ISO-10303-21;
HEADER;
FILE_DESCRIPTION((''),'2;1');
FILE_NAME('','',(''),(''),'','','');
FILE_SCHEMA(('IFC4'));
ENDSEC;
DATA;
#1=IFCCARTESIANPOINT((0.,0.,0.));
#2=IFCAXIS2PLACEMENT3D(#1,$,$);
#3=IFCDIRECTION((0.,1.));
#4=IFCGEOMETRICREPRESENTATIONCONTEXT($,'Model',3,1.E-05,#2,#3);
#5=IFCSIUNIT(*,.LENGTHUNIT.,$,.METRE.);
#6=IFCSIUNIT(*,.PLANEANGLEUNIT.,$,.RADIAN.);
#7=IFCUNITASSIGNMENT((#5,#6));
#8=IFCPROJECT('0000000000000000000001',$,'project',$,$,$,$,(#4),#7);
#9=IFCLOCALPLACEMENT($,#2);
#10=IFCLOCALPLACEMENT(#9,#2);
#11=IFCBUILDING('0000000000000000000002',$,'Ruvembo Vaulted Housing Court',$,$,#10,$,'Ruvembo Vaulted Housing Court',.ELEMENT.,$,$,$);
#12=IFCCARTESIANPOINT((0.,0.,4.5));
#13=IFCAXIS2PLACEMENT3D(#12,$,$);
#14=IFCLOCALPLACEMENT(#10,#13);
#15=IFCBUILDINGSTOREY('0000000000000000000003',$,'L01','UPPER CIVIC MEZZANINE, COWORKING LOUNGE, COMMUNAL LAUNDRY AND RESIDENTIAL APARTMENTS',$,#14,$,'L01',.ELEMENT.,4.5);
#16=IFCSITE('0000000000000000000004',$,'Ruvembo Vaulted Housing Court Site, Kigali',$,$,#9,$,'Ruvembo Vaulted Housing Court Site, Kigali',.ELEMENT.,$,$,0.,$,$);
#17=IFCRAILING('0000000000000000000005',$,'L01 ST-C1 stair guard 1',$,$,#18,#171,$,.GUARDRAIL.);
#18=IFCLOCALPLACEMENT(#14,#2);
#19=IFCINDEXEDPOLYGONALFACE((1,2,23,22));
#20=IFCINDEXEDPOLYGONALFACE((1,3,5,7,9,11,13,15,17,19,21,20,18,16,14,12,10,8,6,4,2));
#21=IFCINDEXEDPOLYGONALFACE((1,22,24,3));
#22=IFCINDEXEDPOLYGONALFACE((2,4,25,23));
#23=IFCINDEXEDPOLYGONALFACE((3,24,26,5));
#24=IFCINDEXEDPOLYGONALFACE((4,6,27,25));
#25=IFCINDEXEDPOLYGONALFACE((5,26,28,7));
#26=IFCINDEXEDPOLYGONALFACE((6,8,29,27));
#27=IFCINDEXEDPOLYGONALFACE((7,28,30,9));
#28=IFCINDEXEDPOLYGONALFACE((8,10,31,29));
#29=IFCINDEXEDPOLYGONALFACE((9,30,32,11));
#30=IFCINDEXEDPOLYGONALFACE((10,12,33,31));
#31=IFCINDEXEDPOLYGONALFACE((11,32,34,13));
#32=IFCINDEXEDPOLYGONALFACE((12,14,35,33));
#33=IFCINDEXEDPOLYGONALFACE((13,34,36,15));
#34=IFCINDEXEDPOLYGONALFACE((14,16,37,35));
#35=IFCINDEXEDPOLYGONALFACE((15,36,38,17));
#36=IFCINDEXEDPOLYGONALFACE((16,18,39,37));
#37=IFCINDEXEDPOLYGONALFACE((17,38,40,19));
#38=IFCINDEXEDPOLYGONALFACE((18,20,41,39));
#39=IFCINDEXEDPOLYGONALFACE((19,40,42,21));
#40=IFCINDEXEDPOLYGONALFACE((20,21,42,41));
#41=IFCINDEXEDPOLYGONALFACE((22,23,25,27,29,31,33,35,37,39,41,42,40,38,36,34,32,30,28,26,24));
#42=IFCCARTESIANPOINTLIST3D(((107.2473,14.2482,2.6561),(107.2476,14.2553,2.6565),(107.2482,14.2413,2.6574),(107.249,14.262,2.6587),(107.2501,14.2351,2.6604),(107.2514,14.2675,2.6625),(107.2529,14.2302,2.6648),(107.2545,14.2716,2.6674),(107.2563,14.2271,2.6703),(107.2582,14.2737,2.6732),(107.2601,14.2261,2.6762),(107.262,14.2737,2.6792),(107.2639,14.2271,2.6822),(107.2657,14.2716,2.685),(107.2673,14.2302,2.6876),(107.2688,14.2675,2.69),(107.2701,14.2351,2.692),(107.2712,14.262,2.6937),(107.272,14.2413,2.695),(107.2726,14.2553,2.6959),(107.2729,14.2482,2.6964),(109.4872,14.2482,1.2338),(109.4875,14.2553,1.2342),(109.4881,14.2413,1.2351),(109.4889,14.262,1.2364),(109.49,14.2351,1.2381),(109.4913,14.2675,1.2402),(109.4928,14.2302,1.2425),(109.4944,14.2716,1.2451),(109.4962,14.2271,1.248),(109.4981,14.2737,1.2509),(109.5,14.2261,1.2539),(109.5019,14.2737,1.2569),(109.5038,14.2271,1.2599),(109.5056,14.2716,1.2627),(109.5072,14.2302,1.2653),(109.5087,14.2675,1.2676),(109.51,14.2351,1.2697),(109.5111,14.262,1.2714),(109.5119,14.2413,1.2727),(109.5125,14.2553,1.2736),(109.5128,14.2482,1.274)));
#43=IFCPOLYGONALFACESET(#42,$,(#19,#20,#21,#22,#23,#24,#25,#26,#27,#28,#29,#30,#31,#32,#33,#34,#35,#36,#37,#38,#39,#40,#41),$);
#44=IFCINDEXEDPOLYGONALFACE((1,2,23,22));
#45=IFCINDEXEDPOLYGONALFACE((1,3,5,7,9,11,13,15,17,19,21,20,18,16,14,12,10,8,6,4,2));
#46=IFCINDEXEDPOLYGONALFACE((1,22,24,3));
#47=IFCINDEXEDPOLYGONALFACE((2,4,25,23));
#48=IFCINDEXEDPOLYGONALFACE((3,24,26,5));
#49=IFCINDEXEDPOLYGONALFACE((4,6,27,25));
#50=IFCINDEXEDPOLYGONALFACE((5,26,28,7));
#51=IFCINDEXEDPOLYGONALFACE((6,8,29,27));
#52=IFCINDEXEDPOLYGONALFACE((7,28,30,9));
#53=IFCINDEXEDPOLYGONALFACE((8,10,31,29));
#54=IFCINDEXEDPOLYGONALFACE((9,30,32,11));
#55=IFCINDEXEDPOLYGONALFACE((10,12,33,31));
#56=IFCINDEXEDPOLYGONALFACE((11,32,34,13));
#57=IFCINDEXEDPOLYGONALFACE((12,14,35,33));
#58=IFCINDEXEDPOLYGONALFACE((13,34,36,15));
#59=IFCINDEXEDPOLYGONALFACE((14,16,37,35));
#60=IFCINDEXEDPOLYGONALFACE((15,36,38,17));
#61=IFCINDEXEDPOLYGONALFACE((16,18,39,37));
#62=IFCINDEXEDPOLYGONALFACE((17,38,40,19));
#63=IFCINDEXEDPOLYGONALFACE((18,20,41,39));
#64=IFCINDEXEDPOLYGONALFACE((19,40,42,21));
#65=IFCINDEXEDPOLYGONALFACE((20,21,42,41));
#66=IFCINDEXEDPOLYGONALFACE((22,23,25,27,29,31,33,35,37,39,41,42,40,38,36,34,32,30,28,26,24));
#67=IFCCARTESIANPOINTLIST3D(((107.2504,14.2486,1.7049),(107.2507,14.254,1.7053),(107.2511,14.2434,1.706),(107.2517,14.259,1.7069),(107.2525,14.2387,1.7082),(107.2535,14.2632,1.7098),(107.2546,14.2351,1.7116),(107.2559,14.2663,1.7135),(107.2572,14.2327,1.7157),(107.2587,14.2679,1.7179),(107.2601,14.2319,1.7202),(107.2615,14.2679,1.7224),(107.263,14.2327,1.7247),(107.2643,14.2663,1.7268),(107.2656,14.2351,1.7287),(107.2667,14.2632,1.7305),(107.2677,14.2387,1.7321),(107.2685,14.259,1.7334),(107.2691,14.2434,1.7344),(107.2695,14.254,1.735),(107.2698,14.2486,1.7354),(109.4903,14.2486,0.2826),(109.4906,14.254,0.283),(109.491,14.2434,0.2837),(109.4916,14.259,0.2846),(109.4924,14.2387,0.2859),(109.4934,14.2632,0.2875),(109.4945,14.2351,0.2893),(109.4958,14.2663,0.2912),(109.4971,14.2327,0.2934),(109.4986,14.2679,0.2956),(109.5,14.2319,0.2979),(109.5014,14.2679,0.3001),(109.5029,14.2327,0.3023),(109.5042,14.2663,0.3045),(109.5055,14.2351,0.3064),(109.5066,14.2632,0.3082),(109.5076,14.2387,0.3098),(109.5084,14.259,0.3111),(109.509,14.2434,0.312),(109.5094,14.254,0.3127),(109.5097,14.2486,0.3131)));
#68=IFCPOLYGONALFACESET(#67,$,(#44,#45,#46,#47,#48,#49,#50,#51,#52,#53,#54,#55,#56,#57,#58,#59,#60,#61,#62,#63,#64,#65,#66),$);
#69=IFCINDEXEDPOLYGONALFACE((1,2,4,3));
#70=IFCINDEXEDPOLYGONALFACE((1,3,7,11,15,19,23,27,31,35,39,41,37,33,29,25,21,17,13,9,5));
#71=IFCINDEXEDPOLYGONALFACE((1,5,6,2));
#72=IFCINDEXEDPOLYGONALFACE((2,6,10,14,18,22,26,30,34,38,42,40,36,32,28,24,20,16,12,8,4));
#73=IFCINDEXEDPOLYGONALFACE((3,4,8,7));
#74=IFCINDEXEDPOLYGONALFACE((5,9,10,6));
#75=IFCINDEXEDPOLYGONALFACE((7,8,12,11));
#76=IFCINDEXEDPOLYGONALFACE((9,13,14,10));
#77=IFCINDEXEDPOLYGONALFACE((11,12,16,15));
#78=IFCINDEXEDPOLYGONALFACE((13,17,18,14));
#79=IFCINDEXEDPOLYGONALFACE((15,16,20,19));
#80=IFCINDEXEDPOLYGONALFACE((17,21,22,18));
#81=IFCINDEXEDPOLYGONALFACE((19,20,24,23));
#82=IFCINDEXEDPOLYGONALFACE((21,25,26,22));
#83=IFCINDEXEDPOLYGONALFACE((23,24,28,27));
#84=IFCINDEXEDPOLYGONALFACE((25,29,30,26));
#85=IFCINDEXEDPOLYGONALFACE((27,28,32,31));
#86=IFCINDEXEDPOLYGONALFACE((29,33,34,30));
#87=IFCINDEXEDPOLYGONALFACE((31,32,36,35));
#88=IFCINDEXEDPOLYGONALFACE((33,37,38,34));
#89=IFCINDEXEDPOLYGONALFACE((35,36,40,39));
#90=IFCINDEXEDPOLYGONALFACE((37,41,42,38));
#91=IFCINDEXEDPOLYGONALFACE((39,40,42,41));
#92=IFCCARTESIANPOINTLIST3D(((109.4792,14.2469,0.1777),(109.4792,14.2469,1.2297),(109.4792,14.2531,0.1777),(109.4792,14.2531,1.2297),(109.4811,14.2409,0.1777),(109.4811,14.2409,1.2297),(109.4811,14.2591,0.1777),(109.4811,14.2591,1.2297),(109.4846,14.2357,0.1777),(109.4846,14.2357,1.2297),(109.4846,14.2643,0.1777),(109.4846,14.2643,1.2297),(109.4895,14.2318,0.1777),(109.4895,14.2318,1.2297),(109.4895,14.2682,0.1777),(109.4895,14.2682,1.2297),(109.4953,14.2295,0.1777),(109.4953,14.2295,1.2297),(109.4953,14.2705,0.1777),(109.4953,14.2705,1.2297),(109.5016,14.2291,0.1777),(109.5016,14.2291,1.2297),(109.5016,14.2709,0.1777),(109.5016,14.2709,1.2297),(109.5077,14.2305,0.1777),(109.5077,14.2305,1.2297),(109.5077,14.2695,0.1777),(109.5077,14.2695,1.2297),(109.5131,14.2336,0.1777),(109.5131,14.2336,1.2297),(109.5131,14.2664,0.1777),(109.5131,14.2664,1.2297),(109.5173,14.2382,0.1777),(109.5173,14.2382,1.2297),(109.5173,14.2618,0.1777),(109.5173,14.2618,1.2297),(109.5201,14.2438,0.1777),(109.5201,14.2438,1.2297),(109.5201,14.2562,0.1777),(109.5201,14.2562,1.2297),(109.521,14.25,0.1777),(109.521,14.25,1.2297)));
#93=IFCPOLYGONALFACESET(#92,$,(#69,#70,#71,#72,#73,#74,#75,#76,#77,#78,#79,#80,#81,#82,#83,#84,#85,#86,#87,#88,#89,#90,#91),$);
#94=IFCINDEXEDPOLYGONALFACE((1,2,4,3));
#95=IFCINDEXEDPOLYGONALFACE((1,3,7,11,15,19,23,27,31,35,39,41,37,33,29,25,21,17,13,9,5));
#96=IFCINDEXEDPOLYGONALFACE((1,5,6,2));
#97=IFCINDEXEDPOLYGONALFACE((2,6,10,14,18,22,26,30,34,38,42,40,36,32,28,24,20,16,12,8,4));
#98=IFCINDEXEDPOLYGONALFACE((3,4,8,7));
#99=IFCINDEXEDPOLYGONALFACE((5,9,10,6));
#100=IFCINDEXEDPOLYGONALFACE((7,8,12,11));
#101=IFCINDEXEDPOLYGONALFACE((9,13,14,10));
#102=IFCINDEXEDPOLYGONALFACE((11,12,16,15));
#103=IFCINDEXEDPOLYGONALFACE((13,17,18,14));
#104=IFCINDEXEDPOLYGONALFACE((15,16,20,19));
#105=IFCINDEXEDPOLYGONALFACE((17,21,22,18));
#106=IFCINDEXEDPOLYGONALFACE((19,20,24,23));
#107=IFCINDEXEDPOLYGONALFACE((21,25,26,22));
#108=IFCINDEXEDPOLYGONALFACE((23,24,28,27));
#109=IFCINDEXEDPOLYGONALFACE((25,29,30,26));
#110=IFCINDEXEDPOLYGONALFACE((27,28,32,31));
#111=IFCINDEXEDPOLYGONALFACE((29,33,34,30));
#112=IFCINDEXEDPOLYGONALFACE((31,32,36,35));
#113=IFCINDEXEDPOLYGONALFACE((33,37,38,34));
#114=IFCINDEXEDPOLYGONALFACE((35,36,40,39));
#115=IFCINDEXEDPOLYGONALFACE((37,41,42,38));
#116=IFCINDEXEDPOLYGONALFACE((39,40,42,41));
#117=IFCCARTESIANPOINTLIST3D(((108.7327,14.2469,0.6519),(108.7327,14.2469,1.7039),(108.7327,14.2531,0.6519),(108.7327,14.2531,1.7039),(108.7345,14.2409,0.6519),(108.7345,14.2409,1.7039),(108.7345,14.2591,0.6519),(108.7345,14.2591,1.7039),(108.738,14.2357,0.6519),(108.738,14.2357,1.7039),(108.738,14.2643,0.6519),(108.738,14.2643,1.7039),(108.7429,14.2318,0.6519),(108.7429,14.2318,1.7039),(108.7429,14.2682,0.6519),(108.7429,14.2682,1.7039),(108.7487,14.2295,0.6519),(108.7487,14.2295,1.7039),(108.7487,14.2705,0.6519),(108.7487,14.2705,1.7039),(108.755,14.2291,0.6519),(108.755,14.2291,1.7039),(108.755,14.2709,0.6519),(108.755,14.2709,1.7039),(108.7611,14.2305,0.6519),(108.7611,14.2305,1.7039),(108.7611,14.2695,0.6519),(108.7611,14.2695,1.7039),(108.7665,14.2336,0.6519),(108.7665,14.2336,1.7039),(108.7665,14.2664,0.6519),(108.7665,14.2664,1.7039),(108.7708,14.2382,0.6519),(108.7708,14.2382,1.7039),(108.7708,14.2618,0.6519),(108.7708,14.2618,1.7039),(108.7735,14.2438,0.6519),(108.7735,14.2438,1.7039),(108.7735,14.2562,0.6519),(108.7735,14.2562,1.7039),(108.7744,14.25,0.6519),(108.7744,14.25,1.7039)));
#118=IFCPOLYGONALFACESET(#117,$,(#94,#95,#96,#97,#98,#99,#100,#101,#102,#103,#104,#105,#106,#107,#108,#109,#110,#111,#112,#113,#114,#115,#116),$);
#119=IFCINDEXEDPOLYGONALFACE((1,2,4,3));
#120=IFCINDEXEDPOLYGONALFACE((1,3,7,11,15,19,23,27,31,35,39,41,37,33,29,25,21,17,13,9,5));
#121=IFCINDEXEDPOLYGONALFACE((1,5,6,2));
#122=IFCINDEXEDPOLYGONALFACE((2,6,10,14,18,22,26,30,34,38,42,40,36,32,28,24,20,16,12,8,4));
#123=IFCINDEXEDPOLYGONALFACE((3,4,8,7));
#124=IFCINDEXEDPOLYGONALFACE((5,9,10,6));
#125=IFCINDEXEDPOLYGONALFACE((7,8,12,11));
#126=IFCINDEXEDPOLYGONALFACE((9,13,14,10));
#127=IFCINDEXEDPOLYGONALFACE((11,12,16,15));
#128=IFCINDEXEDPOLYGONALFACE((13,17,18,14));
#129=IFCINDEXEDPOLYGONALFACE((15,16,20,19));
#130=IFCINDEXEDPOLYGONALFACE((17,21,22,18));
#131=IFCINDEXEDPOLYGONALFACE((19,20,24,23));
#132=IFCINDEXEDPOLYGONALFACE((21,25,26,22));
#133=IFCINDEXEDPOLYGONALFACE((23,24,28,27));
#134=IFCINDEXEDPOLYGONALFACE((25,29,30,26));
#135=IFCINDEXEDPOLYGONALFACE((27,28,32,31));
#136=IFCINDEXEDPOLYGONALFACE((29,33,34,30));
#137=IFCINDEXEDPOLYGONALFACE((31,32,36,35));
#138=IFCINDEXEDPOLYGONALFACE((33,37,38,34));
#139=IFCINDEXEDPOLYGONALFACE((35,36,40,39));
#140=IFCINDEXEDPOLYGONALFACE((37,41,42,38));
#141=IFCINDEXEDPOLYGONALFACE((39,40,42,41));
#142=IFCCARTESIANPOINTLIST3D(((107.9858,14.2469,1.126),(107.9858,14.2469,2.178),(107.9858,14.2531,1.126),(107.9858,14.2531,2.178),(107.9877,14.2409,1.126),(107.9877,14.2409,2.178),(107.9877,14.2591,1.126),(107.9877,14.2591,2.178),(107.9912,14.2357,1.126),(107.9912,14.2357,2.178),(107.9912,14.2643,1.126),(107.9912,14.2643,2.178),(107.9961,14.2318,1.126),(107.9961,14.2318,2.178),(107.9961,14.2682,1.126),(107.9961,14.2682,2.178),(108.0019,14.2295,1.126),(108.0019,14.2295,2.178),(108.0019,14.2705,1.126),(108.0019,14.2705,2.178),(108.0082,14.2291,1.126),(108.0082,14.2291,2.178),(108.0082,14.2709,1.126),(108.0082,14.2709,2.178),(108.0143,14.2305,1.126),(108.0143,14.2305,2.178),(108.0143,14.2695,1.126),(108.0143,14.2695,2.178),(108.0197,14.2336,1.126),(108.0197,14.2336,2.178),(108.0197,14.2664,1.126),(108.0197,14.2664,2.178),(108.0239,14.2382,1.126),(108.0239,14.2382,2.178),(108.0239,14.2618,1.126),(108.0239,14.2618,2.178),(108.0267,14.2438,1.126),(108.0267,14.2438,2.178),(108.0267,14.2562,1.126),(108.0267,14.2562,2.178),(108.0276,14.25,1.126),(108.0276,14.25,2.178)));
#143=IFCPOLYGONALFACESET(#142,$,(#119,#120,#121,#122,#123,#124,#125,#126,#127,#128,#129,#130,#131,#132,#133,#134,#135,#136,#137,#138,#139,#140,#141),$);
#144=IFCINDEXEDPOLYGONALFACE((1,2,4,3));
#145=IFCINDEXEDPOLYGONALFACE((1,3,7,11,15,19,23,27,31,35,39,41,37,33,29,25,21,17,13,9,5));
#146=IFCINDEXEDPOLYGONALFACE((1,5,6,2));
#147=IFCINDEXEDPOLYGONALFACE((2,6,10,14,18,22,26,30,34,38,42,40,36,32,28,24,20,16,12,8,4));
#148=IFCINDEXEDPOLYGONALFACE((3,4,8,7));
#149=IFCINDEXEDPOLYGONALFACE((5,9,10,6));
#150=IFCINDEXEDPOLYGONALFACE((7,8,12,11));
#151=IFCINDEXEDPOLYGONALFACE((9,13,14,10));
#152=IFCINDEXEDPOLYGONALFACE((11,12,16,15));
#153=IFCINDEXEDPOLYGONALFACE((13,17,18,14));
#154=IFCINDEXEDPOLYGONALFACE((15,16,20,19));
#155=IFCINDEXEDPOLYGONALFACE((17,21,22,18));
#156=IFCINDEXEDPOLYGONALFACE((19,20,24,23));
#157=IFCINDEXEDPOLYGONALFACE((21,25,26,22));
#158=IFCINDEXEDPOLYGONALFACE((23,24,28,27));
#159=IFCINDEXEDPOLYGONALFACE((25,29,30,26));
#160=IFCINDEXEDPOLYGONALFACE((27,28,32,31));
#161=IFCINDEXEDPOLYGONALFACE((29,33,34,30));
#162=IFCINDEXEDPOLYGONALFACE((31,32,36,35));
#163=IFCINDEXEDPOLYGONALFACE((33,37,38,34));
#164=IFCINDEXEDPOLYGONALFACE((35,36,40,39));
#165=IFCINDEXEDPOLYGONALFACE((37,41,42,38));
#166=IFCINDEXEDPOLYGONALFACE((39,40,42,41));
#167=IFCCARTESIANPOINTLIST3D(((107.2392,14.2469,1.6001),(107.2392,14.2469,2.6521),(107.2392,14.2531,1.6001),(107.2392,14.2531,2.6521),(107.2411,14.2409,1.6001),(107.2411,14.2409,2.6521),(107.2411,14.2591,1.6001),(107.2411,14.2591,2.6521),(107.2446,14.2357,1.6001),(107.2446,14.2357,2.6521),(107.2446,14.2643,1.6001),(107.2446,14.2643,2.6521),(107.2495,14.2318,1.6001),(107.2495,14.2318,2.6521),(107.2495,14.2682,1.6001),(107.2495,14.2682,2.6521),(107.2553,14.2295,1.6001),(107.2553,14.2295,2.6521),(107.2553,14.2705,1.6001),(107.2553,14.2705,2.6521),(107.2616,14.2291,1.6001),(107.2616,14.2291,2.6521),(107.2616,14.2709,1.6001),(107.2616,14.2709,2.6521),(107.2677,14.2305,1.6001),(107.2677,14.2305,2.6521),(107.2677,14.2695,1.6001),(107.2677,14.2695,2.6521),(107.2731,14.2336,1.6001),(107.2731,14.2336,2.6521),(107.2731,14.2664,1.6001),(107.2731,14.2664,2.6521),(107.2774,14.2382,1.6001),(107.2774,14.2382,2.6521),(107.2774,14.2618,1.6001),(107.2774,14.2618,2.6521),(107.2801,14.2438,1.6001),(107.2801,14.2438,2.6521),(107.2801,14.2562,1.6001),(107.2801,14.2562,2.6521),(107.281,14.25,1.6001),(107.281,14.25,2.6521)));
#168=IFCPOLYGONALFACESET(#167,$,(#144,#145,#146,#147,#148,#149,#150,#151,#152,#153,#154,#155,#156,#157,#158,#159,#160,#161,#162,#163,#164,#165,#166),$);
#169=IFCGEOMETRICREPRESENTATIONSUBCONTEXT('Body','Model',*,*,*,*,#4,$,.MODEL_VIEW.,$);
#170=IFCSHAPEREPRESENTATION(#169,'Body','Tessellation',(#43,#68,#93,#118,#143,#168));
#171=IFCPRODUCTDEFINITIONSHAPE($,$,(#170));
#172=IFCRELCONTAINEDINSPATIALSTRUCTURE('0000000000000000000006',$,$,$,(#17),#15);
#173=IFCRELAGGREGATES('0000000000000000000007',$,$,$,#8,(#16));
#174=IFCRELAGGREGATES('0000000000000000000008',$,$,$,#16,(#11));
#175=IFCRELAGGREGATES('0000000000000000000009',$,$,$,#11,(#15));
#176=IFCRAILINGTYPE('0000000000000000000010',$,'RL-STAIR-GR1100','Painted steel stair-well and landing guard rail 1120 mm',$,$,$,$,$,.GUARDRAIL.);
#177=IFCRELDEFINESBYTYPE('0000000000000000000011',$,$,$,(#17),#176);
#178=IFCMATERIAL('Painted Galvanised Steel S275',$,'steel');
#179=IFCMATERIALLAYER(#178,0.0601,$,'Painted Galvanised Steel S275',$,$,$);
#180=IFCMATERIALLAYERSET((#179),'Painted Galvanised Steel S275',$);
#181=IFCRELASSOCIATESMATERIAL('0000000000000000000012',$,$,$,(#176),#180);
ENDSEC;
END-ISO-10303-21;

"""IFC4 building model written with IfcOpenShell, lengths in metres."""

from ifc_helpers import new_model, si_unit, direction, frame, origin, origin_2d, place, context, subcontext, project, spatial, circle, extrude, material, layer, layer_set, type_object, element, save


model = new_model("IFC4")

# Units and contexts
model_context = context("Model", 3, precision=1e-05, world=origin(), true_north=direction((0.0, 1.0)))
body_context = subcontext(model_context, "Body", "Model", "MODEL_VIEW")
ifc_project = project(units=[si_unit("LENGTHUNIT", "METRE"), si_unit("PLANEANGLEUNIT", "RADIAN")], contexts=[model_context])

# Site, building, storey
site_placement = place(None, origin())
site = spatial("IfcSite", under=ifc_project, at=site_placement, Name="Ruvembo Vaulted Housing Court Site, Kigali", LongName="Ruvembo Vaulted Housing Court Site, Kigali", CompositionType="ELEMENT", RefElevation=0.0)
building_placement = place(site_placement, origin())
building = spatial("IfcBuilding", under=site, at=building_placement, Name="Ruvembo Vaulted Housing Court", LongName="Ruvembo Vaulted Housing Court", CompositionType="ELEMENT")
storey_placement = place(building_placement, frame((0.0, 0.0, 4.5)))
storey = spatial("IfcBuildingStorey", under=building, at=storey_placement, Name="L01", Description="UPPER CIVIC MEZZANINE, COWORKING LOUNGE, COMMUNAL LAUNDRY AND RESIDENTIAL APARTMENTS", LongName="L01", CompositionType="ELEMENT", Elevation=4.5)

# Railing
ifc_material_1 = material(Name="Painted Galvanised Steel S275", Category="steel")
ifc_layer_1 = layer(ifc_material_1, 0.0601, Name="Painted Galvanised Steel S275")
ifc_layer_set_1 = layer_set([ifc_layer_1], Name="Painted Galvanised Steel S275")
railing_type_1 = type_object("IfcRailingType", Name="RL-STAIR-GR1100", Description="Painted steel stair-well and landing guard rail 1120 mm", PredefinedType="GUARDRAIL", material=ifc_layer_set_1)
railing_placement = place(storey_placement, frame((109.5, 14.25, 0.1777)))
element("IfcRailing", 1, at=railing_placement, inside=storey, type_object=railing_type_1, Name="L01 ST-C1 stair guard 1", PredefinedType="GUARDRAIL", context=body_context, shape_type="SweptSolid", body=[
    extrude(circle(Radius=0.0239, at=origin_2d()), frame((0.0, 0.0, 1.0762), z_axis=(-0.844188, 0.0, 0.536048), x_axis=(0.0, -1.0, 0.0)), (0.0, 0.0, 1.0), 2.6533),
    extrude(circle(Radius=0.0181, at=origin_2d()), frame((0.0, 0.0, 0.1201), z_axis=(-0.844188, 0.0, 0.536048), x_axis=(0.0, -1.0, 0.0)), (0.0, 0.0, 1.0), 2.6533),
    extrude(circle(Radius=0.021, at=origin_2d()), origin(), (0.0, 0.0, 1.0), 1.052),
    extrude(circle(Radius=0.021, at=origin_2d()), frame((-0.7466, 0.0, 0.4741)), (0.0, 0.0, 1.0), 1.052),
    extrude(circle(Radius=0.021, at=origin_2d()), frame((-1.4934, 0.0, 0.9482)), (0.0, 0.0, 1.0), 1.052),
    extrude(circle(Radius=0.021, at=origin_2d()), frame((-2.24, 0.0, 1.4224)), (0.0, 0.0, 1.0), 1.052),
])

save(model, "model.ifc")
